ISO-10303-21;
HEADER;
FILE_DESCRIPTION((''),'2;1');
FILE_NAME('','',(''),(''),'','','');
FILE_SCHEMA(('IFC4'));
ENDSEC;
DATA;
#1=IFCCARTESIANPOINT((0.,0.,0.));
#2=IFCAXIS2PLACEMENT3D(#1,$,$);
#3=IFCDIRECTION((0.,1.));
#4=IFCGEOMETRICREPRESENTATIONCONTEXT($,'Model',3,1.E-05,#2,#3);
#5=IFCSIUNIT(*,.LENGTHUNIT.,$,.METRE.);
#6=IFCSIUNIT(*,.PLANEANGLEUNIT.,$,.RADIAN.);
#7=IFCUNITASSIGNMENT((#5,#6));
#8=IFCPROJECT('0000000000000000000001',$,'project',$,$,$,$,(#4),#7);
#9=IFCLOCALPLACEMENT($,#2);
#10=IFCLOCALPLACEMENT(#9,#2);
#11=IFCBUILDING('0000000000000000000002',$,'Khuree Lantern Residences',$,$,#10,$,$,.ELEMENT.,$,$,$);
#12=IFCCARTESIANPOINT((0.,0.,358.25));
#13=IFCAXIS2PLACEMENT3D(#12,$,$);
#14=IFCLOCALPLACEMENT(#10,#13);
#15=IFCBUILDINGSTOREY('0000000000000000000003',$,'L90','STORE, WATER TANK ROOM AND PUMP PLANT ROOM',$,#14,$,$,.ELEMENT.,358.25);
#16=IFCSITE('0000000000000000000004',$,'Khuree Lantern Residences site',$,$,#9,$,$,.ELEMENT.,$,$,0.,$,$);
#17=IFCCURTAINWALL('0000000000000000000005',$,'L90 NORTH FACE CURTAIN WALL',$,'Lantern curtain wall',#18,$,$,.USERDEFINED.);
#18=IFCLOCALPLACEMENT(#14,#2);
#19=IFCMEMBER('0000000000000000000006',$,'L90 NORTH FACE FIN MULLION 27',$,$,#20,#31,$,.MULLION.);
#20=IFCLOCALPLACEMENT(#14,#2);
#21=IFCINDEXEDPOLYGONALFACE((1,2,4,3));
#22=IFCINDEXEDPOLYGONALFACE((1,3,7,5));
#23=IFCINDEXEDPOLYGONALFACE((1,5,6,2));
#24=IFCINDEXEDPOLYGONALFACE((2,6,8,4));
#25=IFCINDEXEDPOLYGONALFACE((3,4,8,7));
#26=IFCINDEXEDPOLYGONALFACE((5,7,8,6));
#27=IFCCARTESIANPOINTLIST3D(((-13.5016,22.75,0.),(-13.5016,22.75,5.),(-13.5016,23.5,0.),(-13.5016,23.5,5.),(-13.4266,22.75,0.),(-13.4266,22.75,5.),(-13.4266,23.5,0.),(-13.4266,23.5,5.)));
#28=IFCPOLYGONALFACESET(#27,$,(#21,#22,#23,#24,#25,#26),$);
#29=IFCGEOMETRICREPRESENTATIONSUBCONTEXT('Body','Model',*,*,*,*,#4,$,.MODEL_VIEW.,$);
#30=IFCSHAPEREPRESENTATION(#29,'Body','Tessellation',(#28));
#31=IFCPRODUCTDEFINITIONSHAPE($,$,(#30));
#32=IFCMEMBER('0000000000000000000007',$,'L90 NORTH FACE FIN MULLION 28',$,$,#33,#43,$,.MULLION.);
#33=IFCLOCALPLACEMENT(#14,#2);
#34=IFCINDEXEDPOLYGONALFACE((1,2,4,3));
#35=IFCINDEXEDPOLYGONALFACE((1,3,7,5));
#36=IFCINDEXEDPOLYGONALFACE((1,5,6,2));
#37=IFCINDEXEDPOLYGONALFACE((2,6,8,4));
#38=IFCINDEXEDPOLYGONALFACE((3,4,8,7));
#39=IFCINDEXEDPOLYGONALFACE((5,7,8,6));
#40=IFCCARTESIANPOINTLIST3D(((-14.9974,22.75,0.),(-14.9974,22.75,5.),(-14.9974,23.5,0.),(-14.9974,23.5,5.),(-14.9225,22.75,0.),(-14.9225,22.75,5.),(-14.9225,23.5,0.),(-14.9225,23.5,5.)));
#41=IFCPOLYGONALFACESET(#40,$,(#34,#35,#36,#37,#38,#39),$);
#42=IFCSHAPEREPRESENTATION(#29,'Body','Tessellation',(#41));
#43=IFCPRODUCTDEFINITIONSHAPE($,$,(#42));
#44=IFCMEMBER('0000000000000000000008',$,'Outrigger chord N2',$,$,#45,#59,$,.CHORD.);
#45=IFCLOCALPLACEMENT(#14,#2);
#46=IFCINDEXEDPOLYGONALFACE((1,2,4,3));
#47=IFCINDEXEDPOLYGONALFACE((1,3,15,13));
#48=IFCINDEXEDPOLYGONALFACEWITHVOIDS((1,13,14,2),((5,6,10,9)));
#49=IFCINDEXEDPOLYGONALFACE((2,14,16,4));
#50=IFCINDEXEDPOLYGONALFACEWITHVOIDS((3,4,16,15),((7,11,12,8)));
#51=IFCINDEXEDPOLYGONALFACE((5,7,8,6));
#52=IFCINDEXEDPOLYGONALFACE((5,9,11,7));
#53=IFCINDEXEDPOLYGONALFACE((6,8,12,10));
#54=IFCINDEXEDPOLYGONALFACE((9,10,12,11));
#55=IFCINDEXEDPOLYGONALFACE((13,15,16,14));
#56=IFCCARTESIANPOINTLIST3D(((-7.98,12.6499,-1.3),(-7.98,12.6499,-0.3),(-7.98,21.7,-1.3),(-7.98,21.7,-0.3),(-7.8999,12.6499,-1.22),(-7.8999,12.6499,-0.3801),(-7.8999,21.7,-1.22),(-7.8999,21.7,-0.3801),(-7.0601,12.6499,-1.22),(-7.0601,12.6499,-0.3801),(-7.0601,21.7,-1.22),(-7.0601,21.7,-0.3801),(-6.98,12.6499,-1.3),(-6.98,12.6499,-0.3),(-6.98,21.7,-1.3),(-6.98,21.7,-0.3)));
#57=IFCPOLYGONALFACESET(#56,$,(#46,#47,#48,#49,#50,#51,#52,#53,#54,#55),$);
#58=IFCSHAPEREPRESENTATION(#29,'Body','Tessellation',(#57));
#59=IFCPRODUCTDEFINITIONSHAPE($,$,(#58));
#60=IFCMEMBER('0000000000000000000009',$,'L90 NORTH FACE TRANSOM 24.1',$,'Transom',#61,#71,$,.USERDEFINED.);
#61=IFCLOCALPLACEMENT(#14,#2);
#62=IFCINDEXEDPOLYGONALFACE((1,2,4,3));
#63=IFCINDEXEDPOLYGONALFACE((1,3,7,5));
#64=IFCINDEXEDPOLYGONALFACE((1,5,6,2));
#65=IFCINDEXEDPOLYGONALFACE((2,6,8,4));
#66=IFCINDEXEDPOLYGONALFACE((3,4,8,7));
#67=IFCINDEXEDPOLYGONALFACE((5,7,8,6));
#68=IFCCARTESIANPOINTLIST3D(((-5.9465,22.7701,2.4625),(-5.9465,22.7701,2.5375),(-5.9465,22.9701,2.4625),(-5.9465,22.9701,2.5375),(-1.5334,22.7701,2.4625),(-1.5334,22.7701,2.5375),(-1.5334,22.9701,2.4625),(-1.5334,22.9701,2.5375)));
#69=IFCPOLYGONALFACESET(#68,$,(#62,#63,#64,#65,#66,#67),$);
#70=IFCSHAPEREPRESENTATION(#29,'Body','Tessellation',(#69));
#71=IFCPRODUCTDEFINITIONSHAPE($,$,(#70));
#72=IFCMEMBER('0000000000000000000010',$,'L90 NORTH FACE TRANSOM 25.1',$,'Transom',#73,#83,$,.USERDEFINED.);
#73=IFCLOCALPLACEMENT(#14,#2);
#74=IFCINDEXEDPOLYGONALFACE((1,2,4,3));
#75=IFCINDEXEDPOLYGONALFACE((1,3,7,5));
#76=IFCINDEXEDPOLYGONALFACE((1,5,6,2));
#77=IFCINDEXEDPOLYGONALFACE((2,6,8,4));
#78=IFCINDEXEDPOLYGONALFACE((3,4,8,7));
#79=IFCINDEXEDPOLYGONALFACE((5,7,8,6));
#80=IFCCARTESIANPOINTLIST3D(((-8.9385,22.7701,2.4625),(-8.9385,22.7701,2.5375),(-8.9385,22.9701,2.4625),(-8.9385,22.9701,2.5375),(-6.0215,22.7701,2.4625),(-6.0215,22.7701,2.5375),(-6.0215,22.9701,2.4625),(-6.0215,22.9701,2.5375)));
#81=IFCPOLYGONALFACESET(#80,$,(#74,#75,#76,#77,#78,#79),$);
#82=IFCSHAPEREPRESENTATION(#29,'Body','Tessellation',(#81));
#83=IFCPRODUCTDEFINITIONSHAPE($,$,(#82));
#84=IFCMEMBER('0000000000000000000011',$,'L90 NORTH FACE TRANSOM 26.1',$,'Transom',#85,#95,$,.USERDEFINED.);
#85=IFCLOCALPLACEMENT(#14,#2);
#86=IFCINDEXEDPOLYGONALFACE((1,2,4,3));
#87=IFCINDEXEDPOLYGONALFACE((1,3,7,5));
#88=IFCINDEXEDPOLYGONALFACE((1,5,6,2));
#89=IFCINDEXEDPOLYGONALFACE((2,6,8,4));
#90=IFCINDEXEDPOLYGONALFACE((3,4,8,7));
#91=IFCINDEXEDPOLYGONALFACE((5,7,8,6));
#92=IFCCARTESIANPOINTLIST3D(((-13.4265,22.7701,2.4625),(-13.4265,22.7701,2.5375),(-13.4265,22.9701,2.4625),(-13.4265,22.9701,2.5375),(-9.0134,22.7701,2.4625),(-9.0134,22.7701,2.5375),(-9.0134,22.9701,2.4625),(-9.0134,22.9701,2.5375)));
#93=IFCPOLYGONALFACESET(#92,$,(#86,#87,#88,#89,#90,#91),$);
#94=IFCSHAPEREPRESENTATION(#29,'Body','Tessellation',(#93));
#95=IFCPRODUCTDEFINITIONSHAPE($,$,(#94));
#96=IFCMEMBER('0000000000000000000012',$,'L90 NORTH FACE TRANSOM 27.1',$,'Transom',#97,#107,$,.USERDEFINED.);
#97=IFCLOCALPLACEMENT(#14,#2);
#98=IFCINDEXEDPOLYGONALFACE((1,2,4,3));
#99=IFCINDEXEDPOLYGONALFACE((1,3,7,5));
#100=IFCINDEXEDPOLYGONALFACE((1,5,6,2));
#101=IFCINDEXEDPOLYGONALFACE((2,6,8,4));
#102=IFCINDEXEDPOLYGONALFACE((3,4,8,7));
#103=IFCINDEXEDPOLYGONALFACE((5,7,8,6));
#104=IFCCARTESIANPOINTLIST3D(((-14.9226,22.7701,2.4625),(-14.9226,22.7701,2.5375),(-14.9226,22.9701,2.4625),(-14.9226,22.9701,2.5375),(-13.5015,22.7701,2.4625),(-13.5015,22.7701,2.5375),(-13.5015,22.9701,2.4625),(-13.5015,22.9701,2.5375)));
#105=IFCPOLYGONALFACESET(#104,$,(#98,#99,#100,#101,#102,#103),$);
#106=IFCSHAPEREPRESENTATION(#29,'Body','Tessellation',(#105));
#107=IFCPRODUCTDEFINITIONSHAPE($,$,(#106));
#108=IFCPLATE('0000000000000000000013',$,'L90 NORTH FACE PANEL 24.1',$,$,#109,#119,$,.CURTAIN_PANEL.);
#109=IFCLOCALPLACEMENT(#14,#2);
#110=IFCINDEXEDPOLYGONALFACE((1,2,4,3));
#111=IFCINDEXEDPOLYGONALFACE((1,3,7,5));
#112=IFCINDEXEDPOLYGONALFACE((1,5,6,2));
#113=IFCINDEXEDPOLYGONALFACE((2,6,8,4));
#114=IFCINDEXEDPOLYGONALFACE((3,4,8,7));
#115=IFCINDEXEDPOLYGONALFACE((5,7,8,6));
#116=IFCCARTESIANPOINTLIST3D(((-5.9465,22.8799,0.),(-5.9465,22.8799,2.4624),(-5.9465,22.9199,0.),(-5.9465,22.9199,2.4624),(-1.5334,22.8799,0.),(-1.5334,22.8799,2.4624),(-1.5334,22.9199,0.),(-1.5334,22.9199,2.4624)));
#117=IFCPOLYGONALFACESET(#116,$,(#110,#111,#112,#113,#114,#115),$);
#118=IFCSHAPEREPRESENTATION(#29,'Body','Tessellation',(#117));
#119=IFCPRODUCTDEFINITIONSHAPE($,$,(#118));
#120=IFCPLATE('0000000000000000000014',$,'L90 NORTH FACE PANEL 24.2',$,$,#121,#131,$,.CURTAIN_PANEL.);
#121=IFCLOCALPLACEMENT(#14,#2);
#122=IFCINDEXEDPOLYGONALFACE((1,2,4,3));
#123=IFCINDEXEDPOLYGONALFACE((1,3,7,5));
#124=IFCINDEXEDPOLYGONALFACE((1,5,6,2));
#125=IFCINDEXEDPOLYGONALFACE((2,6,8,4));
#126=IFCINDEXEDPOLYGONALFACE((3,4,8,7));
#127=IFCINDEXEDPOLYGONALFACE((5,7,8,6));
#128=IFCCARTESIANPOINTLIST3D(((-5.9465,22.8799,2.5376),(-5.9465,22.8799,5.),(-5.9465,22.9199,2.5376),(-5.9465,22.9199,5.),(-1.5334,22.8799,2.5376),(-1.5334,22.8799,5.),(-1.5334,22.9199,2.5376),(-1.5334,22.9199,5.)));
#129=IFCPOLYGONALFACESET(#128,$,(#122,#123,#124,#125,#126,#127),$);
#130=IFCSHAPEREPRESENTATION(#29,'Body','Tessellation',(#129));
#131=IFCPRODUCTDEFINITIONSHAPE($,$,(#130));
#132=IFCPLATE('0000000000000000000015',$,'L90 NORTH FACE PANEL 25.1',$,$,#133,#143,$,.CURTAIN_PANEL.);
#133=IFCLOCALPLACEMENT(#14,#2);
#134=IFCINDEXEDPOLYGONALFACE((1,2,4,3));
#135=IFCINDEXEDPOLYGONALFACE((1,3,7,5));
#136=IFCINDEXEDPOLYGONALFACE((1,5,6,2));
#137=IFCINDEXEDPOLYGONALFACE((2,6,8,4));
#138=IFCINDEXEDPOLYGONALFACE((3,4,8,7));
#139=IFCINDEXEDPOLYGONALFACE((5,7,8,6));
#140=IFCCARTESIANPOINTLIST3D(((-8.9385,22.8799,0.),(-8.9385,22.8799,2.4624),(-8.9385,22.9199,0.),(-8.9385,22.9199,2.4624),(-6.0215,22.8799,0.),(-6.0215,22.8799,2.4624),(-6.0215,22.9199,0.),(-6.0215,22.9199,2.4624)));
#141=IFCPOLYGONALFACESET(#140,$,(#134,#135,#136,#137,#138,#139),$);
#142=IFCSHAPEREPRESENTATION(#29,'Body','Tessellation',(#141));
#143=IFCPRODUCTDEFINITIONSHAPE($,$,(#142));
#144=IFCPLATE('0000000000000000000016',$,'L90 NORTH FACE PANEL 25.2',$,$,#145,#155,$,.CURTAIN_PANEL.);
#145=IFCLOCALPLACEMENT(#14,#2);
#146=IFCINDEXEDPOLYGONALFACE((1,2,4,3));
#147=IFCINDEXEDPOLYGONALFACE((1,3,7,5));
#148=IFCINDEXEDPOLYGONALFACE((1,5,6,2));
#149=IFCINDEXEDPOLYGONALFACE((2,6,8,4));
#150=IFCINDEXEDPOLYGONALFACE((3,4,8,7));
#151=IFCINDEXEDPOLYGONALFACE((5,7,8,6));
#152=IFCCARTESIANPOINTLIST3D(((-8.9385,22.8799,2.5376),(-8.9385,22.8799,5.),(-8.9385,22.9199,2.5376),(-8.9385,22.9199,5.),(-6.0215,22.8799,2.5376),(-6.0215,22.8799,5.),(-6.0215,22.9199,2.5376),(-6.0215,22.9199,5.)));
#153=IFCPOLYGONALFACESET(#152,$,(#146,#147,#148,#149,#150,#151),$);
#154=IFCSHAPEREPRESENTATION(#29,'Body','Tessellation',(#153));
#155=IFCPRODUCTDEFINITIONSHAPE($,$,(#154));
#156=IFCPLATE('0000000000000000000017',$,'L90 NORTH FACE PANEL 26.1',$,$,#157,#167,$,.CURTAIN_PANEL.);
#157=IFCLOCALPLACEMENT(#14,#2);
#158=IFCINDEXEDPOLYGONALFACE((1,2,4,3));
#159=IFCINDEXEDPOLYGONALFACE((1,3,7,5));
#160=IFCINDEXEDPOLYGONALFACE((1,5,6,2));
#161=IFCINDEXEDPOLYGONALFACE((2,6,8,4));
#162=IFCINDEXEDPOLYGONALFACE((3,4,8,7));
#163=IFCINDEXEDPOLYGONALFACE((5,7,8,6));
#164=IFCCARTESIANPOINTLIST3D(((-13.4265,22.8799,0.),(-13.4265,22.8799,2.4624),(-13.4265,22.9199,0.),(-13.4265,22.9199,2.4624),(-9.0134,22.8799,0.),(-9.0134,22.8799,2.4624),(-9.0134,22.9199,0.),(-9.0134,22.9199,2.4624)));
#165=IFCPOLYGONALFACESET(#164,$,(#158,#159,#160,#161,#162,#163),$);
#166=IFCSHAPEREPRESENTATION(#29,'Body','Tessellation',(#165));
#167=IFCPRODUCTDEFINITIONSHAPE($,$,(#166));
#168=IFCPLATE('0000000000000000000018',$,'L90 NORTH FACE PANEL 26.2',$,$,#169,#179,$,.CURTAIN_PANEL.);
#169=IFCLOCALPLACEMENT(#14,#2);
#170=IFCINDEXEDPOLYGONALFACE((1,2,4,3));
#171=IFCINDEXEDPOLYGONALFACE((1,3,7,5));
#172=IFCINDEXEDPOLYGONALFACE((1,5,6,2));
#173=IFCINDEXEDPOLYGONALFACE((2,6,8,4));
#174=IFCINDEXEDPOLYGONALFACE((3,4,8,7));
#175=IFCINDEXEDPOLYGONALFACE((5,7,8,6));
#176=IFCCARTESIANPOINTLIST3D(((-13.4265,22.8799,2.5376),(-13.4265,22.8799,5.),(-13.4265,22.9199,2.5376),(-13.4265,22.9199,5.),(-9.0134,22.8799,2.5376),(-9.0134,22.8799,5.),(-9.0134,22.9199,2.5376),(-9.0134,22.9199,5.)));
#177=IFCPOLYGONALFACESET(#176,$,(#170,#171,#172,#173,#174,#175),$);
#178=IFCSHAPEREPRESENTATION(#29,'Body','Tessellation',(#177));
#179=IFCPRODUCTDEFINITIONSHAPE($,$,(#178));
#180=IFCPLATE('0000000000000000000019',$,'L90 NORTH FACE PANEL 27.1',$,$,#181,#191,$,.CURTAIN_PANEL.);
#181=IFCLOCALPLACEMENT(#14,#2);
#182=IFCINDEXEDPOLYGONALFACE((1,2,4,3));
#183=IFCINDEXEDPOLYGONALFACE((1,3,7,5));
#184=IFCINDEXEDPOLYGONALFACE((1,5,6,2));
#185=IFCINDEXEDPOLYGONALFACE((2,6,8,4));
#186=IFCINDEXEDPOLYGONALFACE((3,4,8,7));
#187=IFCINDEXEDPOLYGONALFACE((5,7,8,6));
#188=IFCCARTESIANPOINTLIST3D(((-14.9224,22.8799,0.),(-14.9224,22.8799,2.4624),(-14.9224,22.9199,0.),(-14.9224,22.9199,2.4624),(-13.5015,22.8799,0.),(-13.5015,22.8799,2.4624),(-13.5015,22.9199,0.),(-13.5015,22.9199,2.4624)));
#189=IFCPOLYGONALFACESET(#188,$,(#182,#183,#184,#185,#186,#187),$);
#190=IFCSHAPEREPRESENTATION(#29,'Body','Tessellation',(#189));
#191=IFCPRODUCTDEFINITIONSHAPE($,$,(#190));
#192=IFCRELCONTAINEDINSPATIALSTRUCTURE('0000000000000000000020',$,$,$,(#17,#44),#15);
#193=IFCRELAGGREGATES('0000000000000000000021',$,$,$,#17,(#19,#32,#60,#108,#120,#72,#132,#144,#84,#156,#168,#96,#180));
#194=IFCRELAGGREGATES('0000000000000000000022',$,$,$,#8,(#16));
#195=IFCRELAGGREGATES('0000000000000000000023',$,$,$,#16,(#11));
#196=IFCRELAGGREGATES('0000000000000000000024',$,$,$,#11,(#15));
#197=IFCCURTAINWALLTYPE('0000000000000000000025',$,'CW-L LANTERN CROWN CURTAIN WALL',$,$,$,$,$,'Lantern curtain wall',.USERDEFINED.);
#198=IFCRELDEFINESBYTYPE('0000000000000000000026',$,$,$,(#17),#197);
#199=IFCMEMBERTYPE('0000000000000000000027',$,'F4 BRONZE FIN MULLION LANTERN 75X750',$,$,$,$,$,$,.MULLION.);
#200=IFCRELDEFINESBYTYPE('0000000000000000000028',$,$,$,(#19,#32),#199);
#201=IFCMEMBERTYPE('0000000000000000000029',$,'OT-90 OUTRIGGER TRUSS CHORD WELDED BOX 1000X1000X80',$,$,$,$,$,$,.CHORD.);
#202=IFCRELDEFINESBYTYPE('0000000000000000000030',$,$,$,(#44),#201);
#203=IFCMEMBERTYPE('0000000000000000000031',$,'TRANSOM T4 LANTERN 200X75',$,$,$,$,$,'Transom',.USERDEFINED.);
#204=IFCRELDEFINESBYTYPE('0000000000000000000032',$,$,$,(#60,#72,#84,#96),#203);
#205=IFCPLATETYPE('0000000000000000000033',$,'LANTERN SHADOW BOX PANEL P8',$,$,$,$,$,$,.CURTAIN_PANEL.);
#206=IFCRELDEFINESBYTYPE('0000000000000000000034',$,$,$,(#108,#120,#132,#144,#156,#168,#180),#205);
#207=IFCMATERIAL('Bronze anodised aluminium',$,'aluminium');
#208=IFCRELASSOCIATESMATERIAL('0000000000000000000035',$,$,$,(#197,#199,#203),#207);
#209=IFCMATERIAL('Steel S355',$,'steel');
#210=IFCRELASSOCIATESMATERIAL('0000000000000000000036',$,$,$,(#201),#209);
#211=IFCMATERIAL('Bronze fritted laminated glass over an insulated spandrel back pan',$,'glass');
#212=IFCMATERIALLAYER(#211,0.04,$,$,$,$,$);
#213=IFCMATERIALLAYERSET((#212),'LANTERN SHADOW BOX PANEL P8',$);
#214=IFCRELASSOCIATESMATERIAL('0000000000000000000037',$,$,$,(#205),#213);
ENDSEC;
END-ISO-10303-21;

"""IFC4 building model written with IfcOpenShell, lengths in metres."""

from ifc_helpers import new_model, si_unit, direction, frame, origin, origin_2d, place, context, subcontext, project, spatial, rectangle, hollow_rectangle, extrude, material, layer, layer_set, material_profile, profile_set, type_object, element, aggregate, save


model = new_model("IFC4")

# Units and contexts
model_context = context("Model", 3, precision=1e-05, world=origin(), true_north=direction((0.0, 1.0)))
body_context = subcontext(model_context, "Body", "Model", "MODEL_VIEW")
ifc_project = project(units=[si_unit("LENGTHUNIT", "METRE"), si_unit("PLANEANGLEUNIT", "RADIAN")], contexts=[model_context])

# Site, building, storey
site_placement = place(None, origin())
site = spatial("IfcSite", under=ifc_project, at=site_placement, Name="Khuree Lantern Residences site", CompositionType="ELEMENT", RefElevation=0.0)
building_placement = place(site_placement, origin())
building = spatial("IfcBuilding", under=site, at=building_placement, Name="Khuree Lantern Residences", CompositionType="ELEMENT")
storey_placement = place(building_placement, frame((0.0, 0.0, 358.25)))
storey = spatial("IfcBuildingStorey", under=building, at=storey_placement, Name="L90", Description="STORE, WATER TANK ROOM AND PUMP PLANT ROOM", CompositionType="ELEMENT", Elevation=358.25)

# Shared definitions
ifc_material_1 = material(Name="Steel S355", Category="steel")

# Curtain wall, members
ifc_material_2 = material(Name="Bronze anodised aluminium", Category="aluminium")
curtain_wall_type = type_object("IfcCurtainWallType", Name="CW-L LANTERN CROWN CURTAIN WALL", ElementType="Lantern curtain wall", PredefinedType="USERDEFINED", material=ifc_material_2)
curtain_wall_placement = place(storey_placement, origin())
curtain_wall = element("IfcCurtainWall", 1, at=curtain_wall_placement, inside=storey, type_object=curtain_wall_type, Name="L90 NORTH FACE CURTAIN WALL", ObjectType="Lantern curtain wall", PredefinedType="USERDEFINED")
ifc_material_profile_1 = material_profile(ifc_material_2, rectangle(XDim=0.075, YDim=0.75, at=origin_2d()), Name="F4 75X750")
ifc_profile_set_1 = profile_set([ifc_material_profile_1], Name="Bronze anodised aluminium")
member_type_1 = type_object("IfcMemberType", Name="F4 BRONZE FIN MULLION LANTERN 75X750", PredefinedType="MULLION", material=ifc_profile_set_1)
member_1_placement = place(storey_placement, frame((-13.4641, 23.125, 0.0), z_axis=(0.0, 0.0, 1.0), x_axis=(-1.0, 0.0, 0.0)))
member_1 = element("IfcMember", 2, at=member_1_placement, type_object=member_type_1, Name="L90 NORTH FACE FIN MULLION 27", PredefinedType="MULLION", context=body_context, shape_type="SweptSolid", body=[
    extrude(rectangle(XDim=0.075, YDim=0.75, at=origin_2d()), origin(), (0.0, 0.0, 1.0), 5.0),
])
member_2_placement = place(storey_placement, frame((-14.96, 23.125, 0.0), z_axis=(0.0, 0.0, 1.0), x_axis=(-1.0, 0.0, 0.0)))
member_2 = element("IfcMember", 3, at=member_2_placement, type_object=member_type_1, Name="L90 NORTH FACE FIN MULLION 28", PredefinedType="MULLION", context=body_context, shape_type="SweptSolid", body=[
    extrude(rectangle(XDim=0.075, YDim=0.75, at=origin_2d()), origin(), (0.0, 0.0, 1.0), 5.0),
])

# Members
ifc_material_profile_2 = material_profile(ifc_material_1, hollow_rectangle(XDim=1.0, YDim=1.0, WallThickness=0.0801, at=origin_2d()), Name="WELDED BOX 1000X1000X80")
ifc_profile_set_2 = profile_set([ifc_material_profile_2], Name="Steel S355")
member_type_2 = type_object("IfcMemberType", Name="OT-90 OUTRIGGER TRUSS CHORD WELDED BOX 1000X1000X80", PredefinedType="CHORD", material=ifc_profile_set_2)
member_3_placement = place(storey_placement, frame((-7.48, 21.7, -0.8), z_axis=(0.0, -1.0, 0.0), x_axis=(1.0, 0.0, 0.0)))
element("IfcMember", 4, at=member_3_placement, inside=storey, type_object=member_type_2, Name="Outrigger chord N2", PredefinedType="CHORD", context=body_context, shape_type="SweptSolid", body=[
    extrude(hollow_rectangle(XDim=1.0, YDim=1.0, WallThickness=0.0801, at=origin_2d()), origin(), (0.0, 0.0, 1.0), 9.05),
])
ifc_material_profile_3 = material_profile(ifc_material_2, rectangle(XDim=0.2, YDim=0.075, at=origin_2d()), Name="T4 200X75")
ifc_profile_set_3 = profile_set([ifc_material_profile_3], Name="Bronze anodised aluminium")
member_type_3 = type_object("IfcMemberType", Name="TRANSOM T4 LANTERN 200X75", ElementType="Transom", PredefinedType="USERDEFINED", material=ifc_profile_set_3)
member_4_placement = place(storey_placement, frame((-1.5334, 22.8701, 2.5), z_axis=(-1.0, 0.0, 0.0), x_axis=(0.0, -1.0, 0.0)))
member_4 = element("IfcMember", 5, at=member_4_placement, type_object=member_type_3, Name="L90 NORTH FACE TRANSOM 24.1", ObjectType="Transom", PredefinedType="USERDEFINED", context=body_context, shape_type="SweptSolid", body=[
    extrude(rectangle(XDim=0.2, YDim=0.075, at=origin_2d()), origin(), (0.0, 0.0, 1.0), 4.4131),
])
member_5_placement = place(storey_placement, frame((-6.0215, 22.8701, 2.5), z_axis=(-1.0, 0.0, 0.0), x_axis=(0.0, -1.0, 0.0)))
member_5 = element("IfcMember", 6, at=member_5_placement, type_object=member_type_3, Name="L90 NORTH FACE TRANSOM 25.1", ObjectType="Transom", PredefinedType="USERDEFINED", context=body_context, shape_type="SweptSolid", body=[
    extrude(rectangle(XDim=0.2, YDim=0.075, at=origin_2d()), origin(), (0.0, 0.0, 1.0), 2.917),
])
member_6_placement = place(storey_placement, frame((-9.0134, 22.8701, 2.5), z_axis=(-1.0, 0.0, 0.0), x_axis=(0.0, -1.0, 0.0)))
member_6 = element("IfcMember", 7, at=member_6_placement, type_object=member_type_3, Name="L90 NORTH FACE TRANSOM 26.1", ObjectType="Transom", PredefinedType="USERDEFINED", context=body_context, shape_type="SweptSolid", body=[
    extrude(rectangle(XDim=0.2, YDim=0.075, at=origin_2d()), origin(), (0.0, 0.0, 1.0), 4.4131),
])
member_7_placement = place(storey_placement, frame((-13.5015, 22.8701, 2.5), z_axis=(-1.0, 0.0, 0.0), x_axis=(0.0, -1.0, 0.0)))
member_7 = element("IfcMember", 8, at=member_7_placement, type_object=member_type_3, Name="L90 NORTH FACE TRANSOM 27.1", ObjectType="Transom", PredefinedType="USERDEFINED", context=body_context, shape_type="SweptSolid", body=[
    extrude(rectangle(XDim=0.2, YDim=0.075, at=origin_2d()), origin(), (0.0, 0.0, 1.0), 1.4211),
])

# Plates
ifc_material_3 = material(Name="Bronze fritted laminated glass over an insulated spandrel back pan", Category="glass")
ifc_layer_1 = layer(ifc_material_3, 0.04)
ifc_layer_set_1 = layer_set([ifc_layer_1], Name="LANTERN SHADOW BOX PANEL P8")
plate_type = type_object("IfcPlateType", Name="LANTERN SHADOW BOX PANEL P8", PredefinedType="CURTAIN_PANEL", material=ifc_layer_set_1)
plate_1_placement = place(storey_placement, frame((-3.74, 22.8999, 0.0), z_axis=(0.0, 0.0, 1.0), x_axis=(-1.0, 0.0, 0.0)))
plate_1 = element("IfcPlate", 9, at=plate_1_placement, type_object=plate_type, Name="L90 NORTH FACE PANEL 24.1", PredefinedType="CURTAIN_PANEL", context=body_context, shape_type="SweptSolid", body=[
    extrude(rectangle(XDim=4.4131, YDim=0.04, at=origin_2d()), origin(), (0.0, 0.0, 1.0), 2.4624),
])
plate_2_placement = place(storey_placement, frame((-3.74, 22.8999, 2.5376), z_axis=(0.0, 0.0, 1.0), x_axis=(-1.0, 0.0, 0.0)))
plate_2 = element("IfcPlate", 10, at=plate_2_placement, type_object=plate_type, Name="L90 NORTH FACE PANEL 24.2", PredefinedType="CURTAIN_PANEL", context=body_context, shape_type="SweptSolid", body=[
    extrude(rectangle(XDim=4.4131, YDim=0.04, at=origin_2d()), origin(), (0.0, 0.0, 1.0), 2.4624),
])
plate_3_placement = place(storey_placement, frame((-7.48, 22.8999, 0.0), z_axis=(0.0, 0.0, 1.0), x_axis=(-1.0, 0.0, 0.0)))
plate_3 = element("IfcPlate", 11, at=plate_3_placement, type_object=plate_type, Name="L90 NORTH FACE PANEL 25.1", PredefinedType="CURTAIN_PANEL", context=body_context, shape_type="SweptSolid", body=[
    extrude(rectangle(XDim=2.917, YDim=0.04, at=origin_2d()), origin(), (0.0, 0.0, 1.0), 2.4624),
])
plate_4_placement = place(storey_placement, frame((-7.48, 22.8999, 2.5376), z_axis=(0.0, 0.0, 1.0), x_axis=(-1.0, 0.0, 0.0)))
plate_4 = element("IfcPlate", 12, at=plate_4_placement, type_object=plate_type, Name="L90 NORTH FACE PANEL 25.2", PredefinedType="CURTAIN_PANEL", context=body_context, shape_type="SweptSolid", body=[
    extrude(rectangle(XDim=2.917, YDim=0.04, at=origin_2d()), origin(), (0.0, 0.0, 1.0), 2.4624),
])
plate_5_placement = place(storey_placement, frame((-11.22, 22.8999, 0.0), z_axis=(0.0, 0.0, 1.0), x_axis=(-1.0, 0.0, 0.0)))
plate_5 = element("IfcPlate", 13, at=plate_5_placement, type_object=plate_type, Name="L90 NORTH FACE PANEL 26.1", PredefinedType="CURTAIN_PANEL", context=body_context, shape_type="SweptSolid", body=[
    extrude(rectangle(XDim=4.4131, YDim=0.04, at=origin_2d()), origin(), (0.0, 0.0, 1.0), 2.4624),
])
plate_6_placement = place(storey_placement, frame((-11.22, 22.8999, 2.5376), z_axis=(0.0, 0.0, 1.0), x_axis=(-1.0, 0.0, 0.0)))
plate_6 = element("IfcPlate", 14, at=plate_6_placement, type_object=plate_type, Name="L90 NORTH FACE PANEL 26.2", PredefinedType="CURTAIN_PANEL", context=body_context, shape_type="SweptSolid", body=[
    extrude(rectangle(XDim=4.4131, YDim=0.04, at=origin_2d()), origin(), (0.0, 0.0, 1.0), 2.4624),
])
plate_7_placement = place(storey_placement, frame((-14.2119, 22.8999, 0.0), z_axis=(0.0, 0.0, 1.0), x_axis=(-1.0, 0.0, 0.0)))
plate_7 = element("IfcPlate", 15, at=plate_7_placement, type_object=plate_type, Name="L90 NORTH FACE PANEL 27.1", PredefinedType="CURTAIN_PANEL", context=body_context, shape_type="SweptSolid", body=[
    extrude(rectangle(XDim=1.4209, YDim=0.04, at=origin_2d()), origin(), (0.0, 0.0, 1.0), 2.4624),
])
aggregate(curtain_wall, [member_1, member_2, member_4, plate_1, plate_2, member_5, plate_3, plate_4, member_6, plate_5, plate_6, member_7, plate_7])

save(model, "model.ifc")
